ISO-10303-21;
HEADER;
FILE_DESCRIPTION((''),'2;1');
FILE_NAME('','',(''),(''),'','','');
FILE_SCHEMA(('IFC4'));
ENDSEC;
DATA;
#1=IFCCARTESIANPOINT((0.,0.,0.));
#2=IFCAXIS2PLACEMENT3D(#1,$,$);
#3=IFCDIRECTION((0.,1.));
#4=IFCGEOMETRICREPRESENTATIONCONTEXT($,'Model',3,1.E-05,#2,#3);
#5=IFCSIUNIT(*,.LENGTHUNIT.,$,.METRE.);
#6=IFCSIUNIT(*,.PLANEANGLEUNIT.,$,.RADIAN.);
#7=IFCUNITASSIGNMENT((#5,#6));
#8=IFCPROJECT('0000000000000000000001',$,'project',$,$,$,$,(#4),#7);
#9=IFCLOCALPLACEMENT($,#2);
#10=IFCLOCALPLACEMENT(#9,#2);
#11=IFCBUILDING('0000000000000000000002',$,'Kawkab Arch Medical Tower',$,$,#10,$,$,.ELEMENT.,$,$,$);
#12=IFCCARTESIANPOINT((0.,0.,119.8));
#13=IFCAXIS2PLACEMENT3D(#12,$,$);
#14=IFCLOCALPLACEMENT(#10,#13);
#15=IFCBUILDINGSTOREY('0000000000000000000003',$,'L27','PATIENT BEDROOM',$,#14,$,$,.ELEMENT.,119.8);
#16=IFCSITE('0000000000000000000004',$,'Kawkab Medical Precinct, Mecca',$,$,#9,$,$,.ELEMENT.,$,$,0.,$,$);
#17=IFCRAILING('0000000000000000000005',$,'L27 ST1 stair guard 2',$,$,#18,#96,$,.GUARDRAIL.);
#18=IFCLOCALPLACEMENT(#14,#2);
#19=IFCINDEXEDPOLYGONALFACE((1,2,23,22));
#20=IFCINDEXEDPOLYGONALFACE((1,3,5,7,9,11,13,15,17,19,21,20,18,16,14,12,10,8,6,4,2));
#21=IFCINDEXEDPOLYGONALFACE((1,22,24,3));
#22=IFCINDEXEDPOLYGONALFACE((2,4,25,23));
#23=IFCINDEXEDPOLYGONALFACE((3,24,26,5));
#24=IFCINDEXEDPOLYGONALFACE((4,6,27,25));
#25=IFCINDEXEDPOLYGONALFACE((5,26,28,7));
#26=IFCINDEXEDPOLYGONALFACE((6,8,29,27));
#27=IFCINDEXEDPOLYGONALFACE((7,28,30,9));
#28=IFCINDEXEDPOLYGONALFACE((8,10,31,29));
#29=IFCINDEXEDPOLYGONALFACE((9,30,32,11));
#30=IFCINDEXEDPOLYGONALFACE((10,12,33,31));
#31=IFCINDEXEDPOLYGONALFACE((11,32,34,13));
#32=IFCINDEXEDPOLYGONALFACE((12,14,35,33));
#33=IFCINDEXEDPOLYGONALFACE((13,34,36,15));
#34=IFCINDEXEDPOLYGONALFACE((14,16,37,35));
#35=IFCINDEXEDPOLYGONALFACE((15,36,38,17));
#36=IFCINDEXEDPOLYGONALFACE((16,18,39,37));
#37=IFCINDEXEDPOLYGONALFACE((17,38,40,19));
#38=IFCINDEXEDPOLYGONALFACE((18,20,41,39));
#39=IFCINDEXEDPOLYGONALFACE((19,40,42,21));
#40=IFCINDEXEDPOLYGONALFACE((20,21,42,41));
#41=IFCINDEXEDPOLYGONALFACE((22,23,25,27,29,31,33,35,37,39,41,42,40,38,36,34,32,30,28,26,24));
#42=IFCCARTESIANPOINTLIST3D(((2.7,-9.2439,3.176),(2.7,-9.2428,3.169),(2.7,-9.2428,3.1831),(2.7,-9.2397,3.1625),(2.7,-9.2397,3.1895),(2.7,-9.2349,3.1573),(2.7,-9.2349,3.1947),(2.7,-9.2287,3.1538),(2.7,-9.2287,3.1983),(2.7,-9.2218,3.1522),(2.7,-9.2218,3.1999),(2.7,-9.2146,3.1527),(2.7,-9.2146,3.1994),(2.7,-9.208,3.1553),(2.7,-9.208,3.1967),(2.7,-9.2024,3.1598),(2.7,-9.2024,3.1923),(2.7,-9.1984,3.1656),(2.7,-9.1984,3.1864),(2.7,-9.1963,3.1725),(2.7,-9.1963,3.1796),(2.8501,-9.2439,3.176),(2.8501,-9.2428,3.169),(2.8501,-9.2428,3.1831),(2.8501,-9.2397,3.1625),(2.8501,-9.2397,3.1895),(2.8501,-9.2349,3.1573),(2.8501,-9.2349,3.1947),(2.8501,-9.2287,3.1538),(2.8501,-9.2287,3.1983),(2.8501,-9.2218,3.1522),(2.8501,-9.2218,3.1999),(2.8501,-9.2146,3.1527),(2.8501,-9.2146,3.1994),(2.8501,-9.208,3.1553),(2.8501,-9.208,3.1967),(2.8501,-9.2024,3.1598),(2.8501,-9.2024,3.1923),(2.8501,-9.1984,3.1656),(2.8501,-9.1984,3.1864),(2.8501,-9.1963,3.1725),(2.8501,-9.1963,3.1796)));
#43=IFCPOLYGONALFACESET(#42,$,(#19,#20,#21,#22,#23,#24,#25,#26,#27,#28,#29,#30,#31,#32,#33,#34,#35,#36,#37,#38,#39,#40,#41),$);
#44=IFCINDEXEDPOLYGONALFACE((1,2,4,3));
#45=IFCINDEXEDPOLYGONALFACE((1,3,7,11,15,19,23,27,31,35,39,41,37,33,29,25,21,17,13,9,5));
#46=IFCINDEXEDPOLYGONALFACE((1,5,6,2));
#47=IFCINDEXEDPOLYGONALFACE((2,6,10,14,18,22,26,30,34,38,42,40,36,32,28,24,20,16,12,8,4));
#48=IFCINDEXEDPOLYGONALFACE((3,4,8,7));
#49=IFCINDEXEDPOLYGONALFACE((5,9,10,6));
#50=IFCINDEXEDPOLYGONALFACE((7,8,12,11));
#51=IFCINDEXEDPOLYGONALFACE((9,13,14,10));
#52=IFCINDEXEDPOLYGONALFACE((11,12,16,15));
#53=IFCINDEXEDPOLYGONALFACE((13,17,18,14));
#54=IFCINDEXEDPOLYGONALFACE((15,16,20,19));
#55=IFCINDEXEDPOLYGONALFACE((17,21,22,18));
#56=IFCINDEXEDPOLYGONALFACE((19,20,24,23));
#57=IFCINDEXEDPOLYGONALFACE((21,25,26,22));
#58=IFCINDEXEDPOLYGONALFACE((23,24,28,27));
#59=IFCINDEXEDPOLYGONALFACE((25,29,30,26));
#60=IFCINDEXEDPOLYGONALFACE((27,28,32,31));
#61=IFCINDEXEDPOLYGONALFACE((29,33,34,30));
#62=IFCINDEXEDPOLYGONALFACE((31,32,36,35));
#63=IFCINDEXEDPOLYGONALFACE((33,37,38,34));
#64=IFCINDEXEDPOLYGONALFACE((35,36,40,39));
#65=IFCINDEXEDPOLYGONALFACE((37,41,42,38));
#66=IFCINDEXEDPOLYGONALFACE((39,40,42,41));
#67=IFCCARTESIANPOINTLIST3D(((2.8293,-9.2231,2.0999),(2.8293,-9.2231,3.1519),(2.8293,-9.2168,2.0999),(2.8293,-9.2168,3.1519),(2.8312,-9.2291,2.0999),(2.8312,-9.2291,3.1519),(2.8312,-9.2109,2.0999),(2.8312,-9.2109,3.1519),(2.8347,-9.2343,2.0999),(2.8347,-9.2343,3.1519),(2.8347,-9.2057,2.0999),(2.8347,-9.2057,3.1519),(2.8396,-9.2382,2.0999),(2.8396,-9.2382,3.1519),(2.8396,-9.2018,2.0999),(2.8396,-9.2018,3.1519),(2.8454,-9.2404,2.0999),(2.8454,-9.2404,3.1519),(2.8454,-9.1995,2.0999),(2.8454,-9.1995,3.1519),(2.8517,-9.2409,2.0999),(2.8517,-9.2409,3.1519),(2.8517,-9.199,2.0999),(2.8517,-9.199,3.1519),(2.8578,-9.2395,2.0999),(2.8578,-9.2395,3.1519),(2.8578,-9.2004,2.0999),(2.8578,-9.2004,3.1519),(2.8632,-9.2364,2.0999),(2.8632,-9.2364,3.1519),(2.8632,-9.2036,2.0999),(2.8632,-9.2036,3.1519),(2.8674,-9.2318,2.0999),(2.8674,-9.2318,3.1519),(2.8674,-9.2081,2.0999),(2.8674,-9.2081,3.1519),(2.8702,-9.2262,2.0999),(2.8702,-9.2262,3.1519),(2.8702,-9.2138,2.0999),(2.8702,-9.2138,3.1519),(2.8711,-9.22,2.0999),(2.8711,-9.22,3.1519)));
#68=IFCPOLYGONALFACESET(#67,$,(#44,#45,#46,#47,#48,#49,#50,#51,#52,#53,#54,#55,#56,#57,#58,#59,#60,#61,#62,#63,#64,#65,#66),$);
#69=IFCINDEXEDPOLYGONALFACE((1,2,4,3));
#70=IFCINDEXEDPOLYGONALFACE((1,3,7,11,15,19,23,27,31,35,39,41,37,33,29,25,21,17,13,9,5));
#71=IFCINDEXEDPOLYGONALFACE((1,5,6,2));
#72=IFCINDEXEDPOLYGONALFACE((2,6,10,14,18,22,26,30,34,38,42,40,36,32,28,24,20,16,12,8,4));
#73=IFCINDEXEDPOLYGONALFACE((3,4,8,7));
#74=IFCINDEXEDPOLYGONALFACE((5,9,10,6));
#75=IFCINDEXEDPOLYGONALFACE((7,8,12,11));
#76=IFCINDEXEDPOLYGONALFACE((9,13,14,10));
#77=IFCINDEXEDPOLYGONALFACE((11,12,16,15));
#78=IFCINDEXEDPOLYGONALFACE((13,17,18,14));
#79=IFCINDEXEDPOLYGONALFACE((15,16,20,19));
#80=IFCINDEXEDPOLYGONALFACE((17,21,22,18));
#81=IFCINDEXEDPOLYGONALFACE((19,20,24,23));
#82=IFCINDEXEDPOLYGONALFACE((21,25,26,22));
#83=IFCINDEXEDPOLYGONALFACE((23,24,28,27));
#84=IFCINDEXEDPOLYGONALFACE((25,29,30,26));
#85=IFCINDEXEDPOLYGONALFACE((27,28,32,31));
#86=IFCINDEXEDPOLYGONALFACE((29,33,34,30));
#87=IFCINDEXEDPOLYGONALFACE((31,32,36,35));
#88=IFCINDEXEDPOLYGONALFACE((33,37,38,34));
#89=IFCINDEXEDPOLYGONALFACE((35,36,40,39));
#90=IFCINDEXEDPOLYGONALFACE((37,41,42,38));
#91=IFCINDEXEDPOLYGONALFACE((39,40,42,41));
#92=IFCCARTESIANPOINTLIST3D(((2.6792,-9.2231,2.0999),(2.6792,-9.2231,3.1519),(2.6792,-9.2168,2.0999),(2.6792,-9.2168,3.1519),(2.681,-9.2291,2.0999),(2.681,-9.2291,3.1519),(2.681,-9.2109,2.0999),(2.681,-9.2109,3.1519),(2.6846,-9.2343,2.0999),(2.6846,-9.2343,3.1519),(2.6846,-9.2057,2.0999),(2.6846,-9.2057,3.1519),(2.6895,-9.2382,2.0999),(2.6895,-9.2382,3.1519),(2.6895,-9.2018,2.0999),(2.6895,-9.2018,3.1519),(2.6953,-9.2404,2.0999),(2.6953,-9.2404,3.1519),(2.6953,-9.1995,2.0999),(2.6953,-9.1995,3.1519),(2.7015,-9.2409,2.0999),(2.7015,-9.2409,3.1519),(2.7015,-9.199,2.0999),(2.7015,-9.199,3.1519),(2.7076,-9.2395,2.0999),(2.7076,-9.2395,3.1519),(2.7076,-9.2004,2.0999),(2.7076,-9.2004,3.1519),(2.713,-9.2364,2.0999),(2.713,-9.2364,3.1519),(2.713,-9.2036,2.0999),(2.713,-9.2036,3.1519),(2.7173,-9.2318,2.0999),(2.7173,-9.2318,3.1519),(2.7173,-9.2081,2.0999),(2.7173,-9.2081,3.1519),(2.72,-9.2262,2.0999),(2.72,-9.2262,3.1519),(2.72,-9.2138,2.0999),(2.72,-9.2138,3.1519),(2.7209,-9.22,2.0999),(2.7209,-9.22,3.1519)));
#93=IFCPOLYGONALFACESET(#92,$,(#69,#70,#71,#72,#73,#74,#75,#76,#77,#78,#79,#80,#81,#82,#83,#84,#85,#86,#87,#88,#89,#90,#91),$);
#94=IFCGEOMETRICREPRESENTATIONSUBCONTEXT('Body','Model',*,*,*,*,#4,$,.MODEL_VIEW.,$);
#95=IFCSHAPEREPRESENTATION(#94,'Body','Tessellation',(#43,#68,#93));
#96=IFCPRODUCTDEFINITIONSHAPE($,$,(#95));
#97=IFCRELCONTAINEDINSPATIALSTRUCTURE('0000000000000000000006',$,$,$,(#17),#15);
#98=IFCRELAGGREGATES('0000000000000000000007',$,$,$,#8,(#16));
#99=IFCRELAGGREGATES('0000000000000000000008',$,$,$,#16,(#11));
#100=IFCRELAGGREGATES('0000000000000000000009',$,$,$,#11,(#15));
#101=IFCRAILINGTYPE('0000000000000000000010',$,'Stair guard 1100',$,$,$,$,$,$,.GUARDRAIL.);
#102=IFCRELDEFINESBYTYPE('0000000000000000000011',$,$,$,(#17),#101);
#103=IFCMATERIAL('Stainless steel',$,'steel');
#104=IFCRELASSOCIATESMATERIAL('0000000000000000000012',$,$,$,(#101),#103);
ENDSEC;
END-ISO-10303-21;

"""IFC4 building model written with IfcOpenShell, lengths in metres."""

from ifc_helpers import new_model, si_unit, direction, frame, origin, origin_2d, place, context, subcontext, project, spatial, circle, extrude, material, type_object, element, save


model = new_model("IFC4")

# Units and contexts
model_context = context("Model", 3, precision=1e-05, world=origin(), true_north=direction((0.0, 1.0)))
body_context = subcontext(model_context, "Body", "Model", "MODEL_VIEW")
ifc_project = project(units=[si_unit("LENGTHUNIT", "METRE"), si_unit("PLANEANGLEUNIT", "RADIAN")], contexts=[model_context])

# Site, building, storey
site_placement = place(None, origin())
site = spatial("IfcSite", under=ifc_project, at=site_placement, Name="Kawkab Medical Precinct, Mecca", CompositionType="ELEMENT", RefElevation=0.0)
building_placement = place(site_placement, origin())
building = spatial("IfcBuilding", under=site, at=building_placement, Name="Kawkab Arch Medical Tower", CompositionType="ELEMENT")
storey_placement = place(building_placement, frame((0.0, 0.0, 119.8)))
storey = spatial("IfcBuildingStorey", under=building, at=storey_placement, Name="L27", Description="PATIENT BEDROOM", CompositionType="ELEMENT", Elevation=119.8)

# Railing
ifc_material_1 = material(Name="Stainless steel", Category="steel")
railing_type_1 = type_object("IfcRailingType", Name="Stair guard 1100", PredefinedType="GUARDRAIL", material=ifc_material_1)
railing_1_placement = place(storey_placement, frame((2.8501, -9.22, 2.0999)))
element("IfcRailing", 1, at=railing_1_placement, inside=storey, type_object=railing_type_1, Name="L27 ST1 stair guard 2", PredefinedType="GUARDRAIL", context=body_context, shape_type="SweptSolid", body=[
    extrude(circle(Radius=0.0239, at=origin_2d()), frame((0.0, 0.0, 1.0762), z_axis=(-1.0, 0.0, 0.0), x_axis=(0.0, -1.0, 0.0)), (0.0, 0.0, 1.0), 0.1501),
    extrude(circle(Radius=0.021, at=origin_2d()), origin(), (0.0, 0.0, 1.0), 1.052),
    extrude(circle(Radius=0.021, at=origin_2d()), frame((-0.1501, 0.0, 0.0)), (0.0, 0.0, 1.0), 1.052),
])

save(model, "model.ifc")
